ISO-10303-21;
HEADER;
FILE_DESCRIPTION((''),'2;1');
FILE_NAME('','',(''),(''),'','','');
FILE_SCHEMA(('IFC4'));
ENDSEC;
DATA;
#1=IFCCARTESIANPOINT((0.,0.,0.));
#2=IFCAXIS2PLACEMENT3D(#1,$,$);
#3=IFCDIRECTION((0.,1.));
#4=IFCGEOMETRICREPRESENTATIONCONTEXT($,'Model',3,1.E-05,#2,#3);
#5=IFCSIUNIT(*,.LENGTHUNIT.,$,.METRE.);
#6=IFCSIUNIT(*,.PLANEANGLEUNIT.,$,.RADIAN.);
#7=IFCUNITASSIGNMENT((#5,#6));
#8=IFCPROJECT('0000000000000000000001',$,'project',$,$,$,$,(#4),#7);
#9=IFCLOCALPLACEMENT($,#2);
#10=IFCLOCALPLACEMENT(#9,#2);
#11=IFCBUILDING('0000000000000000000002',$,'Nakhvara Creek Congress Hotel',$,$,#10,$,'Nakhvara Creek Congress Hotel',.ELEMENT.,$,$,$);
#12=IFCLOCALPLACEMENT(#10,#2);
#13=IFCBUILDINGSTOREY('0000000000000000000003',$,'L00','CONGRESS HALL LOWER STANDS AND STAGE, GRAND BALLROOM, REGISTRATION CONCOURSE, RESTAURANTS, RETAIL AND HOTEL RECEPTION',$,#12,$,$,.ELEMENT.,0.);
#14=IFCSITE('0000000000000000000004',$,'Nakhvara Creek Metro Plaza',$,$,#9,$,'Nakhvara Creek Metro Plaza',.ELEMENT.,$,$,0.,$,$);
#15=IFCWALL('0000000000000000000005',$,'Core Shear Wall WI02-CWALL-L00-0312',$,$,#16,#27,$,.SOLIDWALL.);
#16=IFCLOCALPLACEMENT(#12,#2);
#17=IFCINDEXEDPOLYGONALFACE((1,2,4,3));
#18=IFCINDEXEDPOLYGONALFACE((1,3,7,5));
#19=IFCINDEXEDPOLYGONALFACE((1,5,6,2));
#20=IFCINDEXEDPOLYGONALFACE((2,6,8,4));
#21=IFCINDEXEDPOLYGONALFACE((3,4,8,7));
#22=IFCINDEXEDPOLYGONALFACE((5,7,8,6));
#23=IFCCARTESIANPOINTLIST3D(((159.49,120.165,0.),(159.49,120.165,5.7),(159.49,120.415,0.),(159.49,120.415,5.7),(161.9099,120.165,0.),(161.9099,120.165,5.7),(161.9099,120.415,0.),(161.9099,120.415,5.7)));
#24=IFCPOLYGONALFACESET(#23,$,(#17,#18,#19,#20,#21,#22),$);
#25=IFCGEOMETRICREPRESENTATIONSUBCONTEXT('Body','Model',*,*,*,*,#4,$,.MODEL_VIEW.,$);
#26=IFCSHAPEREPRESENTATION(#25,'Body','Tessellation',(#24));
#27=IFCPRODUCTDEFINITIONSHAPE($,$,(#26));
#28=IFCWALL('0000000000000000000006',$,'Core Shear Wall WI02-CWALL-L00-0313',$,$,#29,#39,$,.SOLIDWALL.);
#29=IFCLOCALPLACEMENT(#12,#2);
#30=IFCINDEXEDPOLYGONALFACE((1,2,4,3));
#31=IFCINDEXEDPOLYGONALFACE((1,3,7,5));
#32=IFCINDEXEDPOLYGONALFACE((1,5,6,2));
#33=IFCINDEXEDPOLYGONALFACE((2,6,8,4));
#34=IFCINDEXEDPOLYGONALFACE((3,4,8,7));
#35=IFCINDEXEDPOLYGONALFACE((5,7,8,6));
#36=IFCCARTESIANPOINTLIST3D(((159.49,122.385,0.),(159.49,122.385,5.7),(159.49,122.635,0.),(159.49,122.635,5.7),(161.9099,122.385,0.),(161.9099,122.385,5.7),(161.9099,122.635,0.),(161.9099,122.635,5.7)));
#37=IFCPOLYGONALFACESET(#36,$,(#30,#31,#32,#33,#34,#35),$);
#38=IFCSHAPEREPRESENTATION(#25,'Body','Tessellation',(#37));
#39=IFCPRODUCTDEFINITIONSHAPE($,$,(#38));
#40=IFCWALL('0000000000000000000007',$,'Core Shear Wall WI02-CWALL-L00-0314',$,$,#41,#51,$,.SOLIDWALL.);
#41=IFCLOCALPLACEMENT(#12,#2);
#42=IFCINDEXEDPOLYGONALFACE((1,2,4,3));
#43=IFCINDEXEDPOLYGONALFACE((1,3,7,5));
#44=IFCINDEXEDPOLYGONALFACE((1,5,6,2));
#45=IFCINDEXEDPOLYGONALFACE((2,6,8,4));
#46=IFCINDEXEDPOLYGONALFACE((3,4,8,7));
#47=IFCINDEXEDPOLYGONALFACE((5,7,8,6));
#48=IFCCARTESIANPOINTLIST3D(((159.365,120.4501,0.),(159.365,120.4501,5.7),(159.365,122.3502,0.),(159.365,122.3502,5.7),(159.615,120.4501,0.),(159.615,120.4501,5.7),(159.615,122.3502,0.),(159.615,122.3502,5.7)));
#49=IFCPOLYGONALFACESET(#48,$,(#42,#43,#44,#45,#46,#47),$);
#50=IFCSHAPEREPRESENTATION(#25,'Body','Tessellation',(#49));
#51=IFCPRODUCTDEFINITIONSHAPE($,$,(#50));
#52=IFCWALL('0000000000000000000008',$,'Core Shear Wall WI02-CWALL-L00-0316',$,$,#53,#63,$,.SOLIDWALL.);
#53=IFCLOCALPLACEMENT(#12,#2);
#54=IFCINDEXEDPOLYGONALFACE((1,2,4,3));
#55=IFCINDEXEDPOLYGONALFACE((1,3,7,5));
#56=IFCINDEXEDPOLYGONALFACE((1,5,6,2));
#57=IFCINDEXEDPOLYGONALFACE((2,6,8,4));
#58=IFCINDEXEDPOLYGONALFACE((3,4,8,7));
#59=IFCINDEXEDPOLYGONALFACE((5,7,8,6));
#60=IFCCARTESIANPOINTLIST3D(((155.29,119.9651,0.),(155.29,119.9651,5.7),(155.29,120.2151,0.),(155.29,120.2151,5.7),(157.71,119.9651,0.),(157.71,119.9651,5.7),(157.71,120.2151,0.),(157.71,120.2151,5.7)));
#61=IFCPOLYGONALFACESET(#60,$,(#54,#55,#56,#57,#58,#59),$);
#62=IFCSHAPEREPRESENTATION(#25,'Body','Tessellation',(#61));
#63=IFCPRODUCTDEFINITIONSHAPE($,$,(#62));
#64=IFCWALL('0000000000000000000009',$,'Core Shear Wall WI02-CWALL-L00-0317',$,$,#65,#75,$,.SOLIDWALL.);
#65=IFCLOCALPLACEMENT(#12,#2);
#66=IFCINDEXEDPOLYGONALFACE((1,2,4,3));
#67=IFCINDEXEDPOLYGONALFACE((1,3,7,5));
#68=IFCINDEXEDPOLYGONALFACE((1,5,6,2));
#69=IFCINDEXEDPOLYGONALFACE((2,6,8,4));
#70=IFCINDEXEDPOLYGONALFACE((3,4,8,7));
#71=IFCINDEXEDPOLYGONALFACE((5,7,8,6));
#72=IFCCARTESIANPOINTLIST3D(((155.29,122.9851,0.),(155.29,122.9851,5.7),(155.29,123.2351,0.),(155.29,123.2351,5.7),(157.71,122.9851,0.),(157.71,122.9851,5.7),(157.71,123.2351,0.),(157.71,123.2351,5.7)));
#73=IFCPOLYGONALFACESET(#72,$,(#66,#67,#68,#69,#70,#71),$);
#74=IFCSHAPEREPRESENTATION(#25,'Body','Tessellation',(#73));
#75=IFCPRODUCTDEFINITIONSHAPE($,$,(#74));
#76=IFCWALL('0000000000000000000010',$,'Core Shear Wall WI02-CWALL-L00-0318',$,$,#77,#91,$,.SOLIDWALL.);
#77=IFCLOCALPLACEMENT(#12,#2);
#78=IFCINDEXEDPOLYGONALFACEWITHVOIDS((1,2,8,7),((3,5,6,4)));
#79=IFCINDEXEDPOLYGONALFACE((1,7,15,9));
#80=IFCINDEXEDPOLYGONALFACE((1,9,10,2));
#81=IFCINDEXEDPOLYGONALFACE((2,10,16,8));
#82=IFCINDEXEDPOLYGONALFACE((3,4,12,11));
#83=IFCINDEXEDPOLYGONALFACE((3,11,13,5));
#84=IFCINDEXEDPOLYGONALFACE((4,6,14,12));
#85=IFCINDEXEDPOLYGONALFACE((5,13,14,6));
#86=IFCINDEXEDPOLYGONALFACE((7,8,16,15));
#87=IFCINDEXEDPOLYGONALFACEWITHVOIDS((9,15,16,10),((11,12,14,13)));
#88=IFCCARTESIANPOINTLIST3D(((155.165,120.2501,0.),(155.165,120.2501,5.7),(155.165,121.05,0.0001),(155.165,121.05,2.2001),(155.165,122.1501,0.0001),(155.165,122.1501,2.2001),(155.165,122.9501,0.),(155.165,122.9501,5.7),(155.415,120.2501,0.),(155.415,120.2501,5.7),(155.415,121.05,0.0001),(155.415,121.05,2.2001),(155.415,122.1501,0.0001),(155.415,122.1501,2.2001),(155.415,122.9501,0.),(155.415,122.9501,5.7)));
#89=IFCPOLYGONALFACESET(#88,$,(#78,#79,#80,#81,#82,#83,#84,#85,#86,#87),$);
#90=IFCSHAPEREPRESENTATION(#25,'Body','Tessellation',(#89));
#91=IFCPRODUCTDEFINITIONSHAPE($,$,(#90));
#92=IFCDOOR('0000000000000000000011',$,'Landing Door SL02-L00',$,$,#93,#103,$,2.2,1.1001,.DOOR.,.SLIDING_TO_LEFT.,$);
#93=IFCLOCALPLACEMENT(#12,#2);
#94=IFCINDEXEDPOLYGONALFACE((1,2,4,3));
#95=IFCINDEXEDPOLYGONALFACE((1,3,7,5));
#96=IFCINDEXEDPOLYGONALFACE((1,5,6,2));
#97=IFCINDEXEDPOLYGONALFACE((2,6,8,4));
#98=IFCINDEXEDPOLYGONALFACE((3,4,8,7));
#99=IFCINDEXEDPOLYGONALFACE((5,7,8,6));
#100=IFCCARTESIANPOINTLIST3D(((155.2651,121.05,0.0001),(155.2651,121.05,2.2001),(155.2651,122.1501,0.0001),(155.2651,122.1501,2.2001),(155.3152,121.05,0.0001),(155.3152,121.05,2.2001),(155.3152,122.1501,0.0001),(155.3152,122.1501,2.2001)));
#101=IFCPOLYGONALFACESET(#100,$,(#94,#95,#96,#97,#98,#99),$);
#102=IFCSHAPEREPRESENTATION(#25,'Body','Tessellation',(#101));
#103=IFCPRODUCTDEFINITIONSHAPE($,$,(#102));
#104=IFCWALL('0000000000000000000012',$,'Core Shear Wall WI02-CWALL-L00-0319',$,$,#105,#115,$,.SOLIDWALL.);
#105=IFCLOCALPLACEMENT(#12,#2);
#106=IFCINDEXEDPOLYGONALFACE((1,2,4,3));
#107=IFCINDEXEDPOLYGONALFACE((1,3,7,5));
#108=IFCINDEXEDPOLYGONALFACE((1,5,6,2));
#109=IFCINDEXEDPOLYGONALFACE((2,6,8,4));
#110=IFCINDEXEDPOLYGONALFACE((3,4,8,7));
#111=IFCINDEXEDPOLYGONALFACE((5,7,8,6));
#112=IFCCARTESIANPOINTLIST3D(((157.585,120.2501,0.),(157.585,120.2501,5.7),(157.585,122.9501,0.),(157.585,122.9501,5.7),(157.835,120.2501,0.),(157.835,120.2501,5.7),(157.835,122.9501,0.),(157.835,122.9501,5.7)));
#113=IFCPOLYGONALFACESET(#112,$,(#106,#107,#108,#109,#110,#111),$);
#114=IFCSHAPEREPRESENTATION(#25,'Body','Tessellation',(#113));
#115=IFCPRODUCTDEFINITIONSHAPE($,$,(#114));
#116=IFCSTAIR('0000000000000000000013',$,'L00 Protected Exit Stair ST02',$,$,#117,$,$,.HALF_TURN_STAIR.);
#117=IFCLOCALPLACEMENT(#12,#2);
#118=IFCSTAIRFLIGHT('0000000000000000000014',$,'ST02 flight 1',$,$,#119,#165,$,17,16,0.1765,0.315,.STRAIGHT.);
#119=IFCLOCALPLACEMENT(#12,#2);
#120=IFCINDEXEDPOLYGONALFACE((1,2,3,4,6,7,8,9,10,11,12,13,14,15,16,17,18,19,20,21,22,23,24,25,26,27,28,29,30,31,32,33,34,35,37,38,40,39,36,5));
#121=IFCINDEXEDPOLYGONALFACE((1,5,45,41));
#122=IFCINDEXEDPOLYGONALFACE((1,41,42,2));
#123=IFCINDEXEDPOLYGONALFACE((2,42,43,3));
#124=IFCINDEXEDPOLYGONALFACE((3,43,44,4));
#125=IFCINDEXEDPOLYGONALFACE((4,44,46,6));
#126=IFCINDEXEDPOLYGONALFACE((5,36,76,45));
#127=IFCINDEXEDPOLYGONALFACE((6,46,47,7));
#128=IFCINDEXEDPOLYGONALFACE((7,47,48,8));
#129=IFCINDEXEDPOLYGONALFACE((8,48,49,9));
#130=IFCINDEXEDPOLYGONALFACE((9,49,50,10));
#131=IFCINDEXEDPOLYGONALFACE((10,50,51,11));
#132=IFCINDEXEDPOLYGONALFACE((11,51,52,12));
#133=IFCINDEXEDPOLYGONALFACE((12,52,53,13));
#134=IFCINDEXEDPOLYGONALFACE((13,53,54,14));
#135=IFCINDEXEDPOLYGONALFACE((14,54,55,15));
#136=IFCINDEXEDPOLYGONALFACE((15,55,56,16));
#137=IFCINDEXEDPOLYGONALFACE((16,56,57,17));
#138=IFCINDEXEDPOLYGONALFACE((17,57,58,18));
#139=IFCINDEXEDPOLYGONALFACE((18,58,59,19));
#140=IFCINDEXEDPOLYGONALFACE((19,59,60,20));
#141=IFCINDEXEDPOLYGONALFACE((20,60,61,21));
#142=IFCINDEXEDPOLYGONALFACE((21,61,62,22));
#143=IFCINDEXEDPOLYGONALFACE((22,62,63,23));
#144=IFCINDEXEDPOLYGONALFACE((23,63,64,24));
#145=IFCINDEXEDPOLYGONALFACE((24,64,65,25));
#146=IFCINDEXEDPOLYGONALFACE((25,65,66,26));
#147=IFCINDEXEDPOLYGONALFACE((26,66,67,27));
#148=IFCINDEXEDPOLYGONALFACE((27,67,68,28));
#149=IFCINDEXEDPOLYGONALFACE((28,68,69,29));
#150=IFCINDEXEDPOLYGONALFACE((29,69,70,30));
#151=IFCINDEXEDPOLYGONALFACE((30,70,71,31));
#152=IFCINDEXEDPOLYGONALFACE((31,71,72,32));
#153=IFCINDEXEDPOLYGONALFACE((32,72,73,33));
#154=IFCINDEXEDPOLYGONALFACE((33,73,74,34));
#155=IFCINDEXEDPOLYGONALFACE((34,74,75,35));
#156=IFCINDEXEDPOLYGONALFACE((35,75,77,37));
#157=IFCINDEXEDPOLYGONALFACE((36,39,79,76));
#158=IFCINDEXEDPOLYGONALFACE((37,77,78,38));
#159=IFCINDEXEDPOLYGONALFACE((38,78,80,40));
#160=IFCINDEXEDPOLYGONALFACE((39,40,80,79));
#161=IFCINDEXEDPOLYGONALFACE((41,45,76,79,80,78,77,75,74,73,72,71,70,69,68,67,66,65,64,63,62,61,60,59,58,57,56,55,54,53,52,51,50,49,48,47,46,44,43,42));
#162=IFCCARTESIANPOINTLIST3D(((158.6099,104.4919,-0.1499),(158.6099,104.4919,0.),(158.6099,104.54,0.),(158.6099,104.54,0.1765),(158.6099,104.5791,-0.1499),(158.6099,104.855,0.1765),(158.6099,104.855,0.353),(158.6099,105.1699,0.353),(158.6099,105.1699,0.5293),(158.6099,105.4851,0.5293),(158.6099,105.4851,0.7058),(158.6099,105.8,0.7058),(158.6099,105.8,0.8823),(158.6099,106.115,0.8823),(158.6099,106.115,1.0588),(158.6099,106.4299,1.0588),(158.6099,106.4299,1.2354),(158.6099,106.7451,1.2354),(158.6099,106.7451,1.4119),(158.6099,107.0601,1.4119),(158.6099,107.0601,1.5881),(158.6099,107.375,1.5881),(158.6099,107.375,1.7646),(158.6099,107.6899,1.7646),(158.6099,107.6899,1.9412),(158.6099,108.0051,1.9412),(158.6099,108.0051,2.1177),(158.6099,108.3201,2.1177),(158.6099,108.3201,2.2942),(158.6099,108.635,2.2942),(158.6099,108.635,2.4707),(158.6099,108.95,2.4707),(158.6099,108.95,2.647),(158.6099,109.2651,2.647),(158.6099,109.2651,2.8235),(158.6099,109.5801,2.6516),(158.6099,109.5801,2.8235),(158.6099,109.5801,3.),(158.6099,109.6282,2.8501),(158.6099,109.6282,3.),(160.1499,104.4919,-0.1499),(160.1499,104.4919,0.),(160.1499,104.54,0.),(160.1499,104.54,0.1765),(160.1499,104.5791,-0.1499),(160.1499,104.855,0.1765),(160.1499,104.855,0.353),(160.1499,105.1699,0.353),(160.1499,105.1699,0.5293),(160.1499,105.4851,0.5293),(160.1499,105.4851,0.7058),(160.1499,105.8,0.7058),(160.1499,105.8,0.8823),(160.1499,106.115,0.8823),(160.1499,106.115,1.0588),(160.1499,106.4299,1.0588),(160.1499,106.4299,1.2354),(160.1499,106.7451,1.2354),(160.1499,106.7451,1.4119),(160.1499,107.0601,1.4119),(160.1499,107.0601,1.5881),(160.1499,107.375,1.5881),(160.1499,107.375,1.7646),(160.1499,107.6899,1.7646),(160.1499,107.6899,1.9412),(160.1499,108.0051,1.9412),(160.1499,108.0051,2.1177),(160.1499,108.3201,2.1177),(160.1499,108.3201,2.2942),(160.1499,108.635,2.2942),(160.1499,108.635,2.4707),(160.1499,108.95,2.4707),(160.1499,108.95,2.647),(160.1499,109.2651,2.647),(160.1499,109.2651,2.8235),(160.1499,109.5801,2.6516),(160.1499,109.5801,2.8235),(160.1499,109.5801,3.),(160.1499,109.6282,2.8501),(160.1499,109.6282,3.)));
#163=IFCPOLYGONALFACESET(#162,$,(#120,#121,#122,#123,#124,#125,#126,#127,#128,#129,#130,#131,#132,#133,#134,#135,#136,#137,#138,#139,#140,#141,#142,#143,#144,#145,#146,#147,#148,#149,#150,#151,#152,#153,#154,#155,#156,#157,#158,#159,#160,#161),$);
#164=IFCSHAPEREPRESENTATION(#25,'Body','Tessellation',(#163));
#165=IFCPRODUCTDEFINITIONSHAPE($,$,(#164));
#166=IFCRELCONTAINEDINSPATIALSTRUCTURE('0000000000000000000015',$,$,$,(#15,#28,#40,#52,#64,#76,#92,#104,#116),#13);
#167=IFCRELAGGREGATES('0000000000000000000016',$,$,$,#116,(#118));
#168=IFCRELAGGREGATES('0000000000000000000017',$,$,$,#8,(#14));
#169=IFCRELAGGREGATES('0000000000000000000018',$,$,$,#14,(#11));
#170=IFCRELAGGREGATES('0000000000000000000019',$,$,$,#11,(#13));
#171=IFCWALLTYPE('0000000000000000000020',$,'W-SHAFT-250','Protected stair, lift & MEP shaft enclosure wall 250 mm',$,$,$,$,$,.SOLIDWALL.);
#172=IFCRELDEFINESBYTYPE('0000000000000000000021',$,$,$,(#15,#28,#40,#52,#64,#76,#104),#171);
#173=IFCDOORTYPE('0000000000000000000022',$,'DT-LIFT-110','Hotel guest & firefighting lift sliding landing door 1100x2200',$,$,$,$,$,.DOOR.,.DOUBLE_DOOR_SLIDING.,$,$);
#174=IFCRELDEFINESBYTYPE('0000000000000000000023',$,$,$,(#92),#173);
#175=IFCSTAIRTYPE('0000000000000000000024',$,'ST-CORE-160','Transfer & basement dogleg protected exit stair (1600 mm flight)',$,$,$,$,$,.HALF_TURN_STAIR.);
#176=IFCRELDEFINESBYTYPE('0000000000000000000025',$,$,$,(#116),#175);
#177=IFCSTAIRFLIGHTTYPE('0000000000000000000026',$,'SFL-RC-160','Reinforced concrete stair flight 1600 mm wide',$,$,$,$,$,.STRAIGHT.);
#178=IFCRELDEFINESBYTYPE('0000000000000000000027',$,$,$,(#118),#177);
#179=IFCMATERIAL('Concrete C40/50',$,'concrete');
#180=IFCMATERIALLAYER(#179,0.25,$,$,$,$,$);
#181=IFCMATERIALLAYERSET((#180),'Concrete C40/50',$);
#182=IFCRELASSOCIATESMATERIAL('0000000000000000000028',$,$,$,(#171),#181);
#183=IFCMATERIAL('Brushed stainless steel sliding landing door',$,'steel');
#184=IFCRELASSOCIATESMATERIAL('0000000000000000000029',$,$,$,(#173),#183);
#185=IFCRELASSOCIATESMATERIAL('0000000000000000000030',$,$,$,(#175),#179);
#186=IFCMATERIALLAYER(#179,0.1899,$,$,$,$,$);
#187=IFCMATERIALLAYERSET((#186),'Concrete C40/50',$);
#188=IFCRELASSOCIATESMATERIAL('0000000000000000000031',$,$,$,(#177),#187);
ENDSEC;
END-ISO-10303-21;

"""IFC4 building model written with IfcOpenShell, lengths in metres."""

from ifc_helpers import new_model, si_unit, direction, frame, frame_2d, origin, place, context, subcontext, project, spatial, polyline, rectangle, outline, extrude, material, layer, layer_set, type_object, element, fill, aggregate, save


model = new_model("IFC4")

# Units and contexts
model_context = context("Model", 3, precision=1e-05, world=origin(), true_north=direction((0.0, 1.0)))
body_context = subcontext(model_context, "Body", "Model", "MODEL_VIEW")
ifc_project = project(units=[si_unit("LENGTHUNIT", "METRE"), si_unit("PLANEANGLEUNIT", "RADIAN")], contexts=[model_context])

# Site, building, storey
site_placement = place(None, origin())
site = spatial("IfcSite", under=ifc_project, at=site_placement, Name="Nakhvara Creek Metro Plaza", LongName="Nakhvara Creek Metro Plaza", CompositionType="ELEMENT", RefElevation=0.0)
building_placement = place(site_placement, origin())
building = spatial("IfcBuilding", under=site, at=building_placement, Name="Nakhvara Creek Congress Hotel", LongName="Nakhvara Creek Congress Hotel", CompositionType="ELEMENT")
storey_placement = place(building_placement, origin())
storey = spatial("IfcBuildingStorey", under=building, at=storey_placement, Name="L00", Description="CONGRESS HALL LOWER STANDS AND STAGE, GRAND BALLROOM, REGISTRATION CONCOURSE, RESTAURANTS, RETAIL AND HOTEL RECEPTION", CompositionType="ELEMENT", Elevation=0.0)

# Shared definitions
ifc_material_1 = material(Name="Concrete C40/50", Category="concrete")
ifc_layer_1 = layer(ifc_material_1, 0.25)
ifc_layer_set_1 = layer_set([ifc_layer_1], Name="Concrete C40/50")
wall_type_1 = type_object("IfcWallType", Name="W-SHAFT-250", Description="Protected stair, lift & MEP shaft enclosure wall 250 mm", PredefinedType="SOLIDWALL", material=ifc_layer_set_1)

# Walls
for number, where, z_axis, x_axis, name in (
    (1, (159.49, 120.29, 0.0), (0.0, 0.0, 1.0), (1.0, 0.0, 0.0), "Core Shear Wall WI02-CWALL-L00-0312"),
    (2, (159.49, 122.51, 0.0), (0.0, 0.0, 1.0), (1.0, 0.0, 0.0), "Core Shear Wall WI02-CWALL-L00-0313"),
):
    element("IfcWall", number, at=place(storey_placement, frame(where, z_axis=z_axis, x_axis=x_axis)), inside=storey, type_object=wall_type_1, Name=name, PredefinedType="SOLIDWALL", context=body_context, shape_type="SweptSolid", body=[
        extrude(rectangle(XDim=2.4199, YDim=0.25, at=frame_2d((1.21, 0.0))), origin(), (0.0, 0.0, 1.0), 5.7),
    ])
wall_1_placement = place(storey_placement, frame((159.49, 120.45, 0.0), z_axis=(0.0, 0.0, 1.0), x_axis=(0.0, 1.0, 0.0)))
element("IfcWall", 3, at=wall_1_placement, inside=storey, type_object=wall_type_1, Name="Core Shear Wall WI02-CWALL-L00-0314", PredefinedType="SOLIDWALL", context=body_context, shape_type="SweptSolid", body=[
    extrude(rectangle(XDim=1.9001, YDim=0.25, at=frame_2d((0.9502, 0.0))), origin(), (0.0, 0.0, 1.0), 5.7),
])
for number, where, z_axis, x_axis, name in (
    (4, (155.29, 120.0901, 0.0), (0.0, 0.0, 1.0), (1.0, 0.0, 0.0), "Core Shear Wall WI02-CWALL-L00-0316"),
    (5, (155.29, 123.1101, 0.0), (0.0, 0.0, 1.0), (1.0, 0.0, 0.0), "Core Shear Wall WI02-CWALL-L00-0317"),
):
    element("IfcWall", number, at=place(storey_placement, frame(where, z_axis=z_axis, x_axis=x_axis)), inside=storey, type_object=wall_type_1, Name=name, PredefinedType="SOLIDWALL", context=body_context, shape_type="SweptSolid", body=[
        extrude(rectangle(XDim=2.4199, YDim=0.25, at=frame_2d((1.21, 0.0))), origin(), (0.0, 0.0, 1.0), 5.7),
    ])

# Wall, opening, door
wall_2_placement = place(storey_placement, frame((155.29, 120.25, 0.0), z_axis=(0.0, 0.0, 1.0), x_axis=(0.0, 1.0, 0.0)))
wall_2 = element("IfcWall", 6, at=wall_2_placement, inside=storey, type_object=wall_type_1, Name="Core Shear Wall WI02-CWALL-L00-0318", PredefinedType="SOLIDWALL", context=body_context, shape_type="SweptSolid", body=[
    extrude(rectangle(XDim=2.7, YDim=0.25, at=frame_2d((1.3501, 0.0))), origin(), (0.0, 0.0, 1.0), 5.7),
])
opening_1_placement = place(wall_2_placement, frame((0.8, 0.0, 0.0)))
opening_1 = element("IfcOpeningElement", 7, at=opening_1_placement, cuts=wall_2, PredefinedType="OPENING", context=body_context, shape_type="SweptSolid", body=[
    extrude(rectangle(XDim=1.1001, YDim=2.2, at=frame_2d((0.55, 1.1001))), frame((0.0, 0.137, 0.0), z_axis=(0.0, -1.0, 0.0), x_axis=(1.0, 0.0, 0.0)), (0.0, 0.0, 1.0), 0.2739),
])
ifc_material_2 = material(Name="Brushed stainless steel sliding landing door", Category="steel")
door_type_1 = type_object("IfcDoorType", Name="DT-LIFT-110", Description="Hotel guest & firefighting lift sliding landing door 1100x2200", OperationType="DOUBLE_DOOR_SLIDING", PredefinedType="DOOR", material=ifc_material_2)
door_1_placement = place(opening_1_placement, origin())
door_1 = element("IfcDoor", 8, at=door_1_placement, inside=storey, type_object=door_type_1, Name="Landing Door SL02-L00", OperationType="SLIDING_TO_LEFT", OverallHeight=2.2, OverallWidth=1.1001, PredefinedType="DOOR", context=body_context, shape_type="SweptSolid", body=[
    extrude(rectangle(XDim=1.1001, YDim=2.2, at=frame_2d((0.55, 1.1001))), frame((0.0, 0.0249, 0.0), z_axis=(0.0, -1.0, 0.0), x_axis=(1.0, 0.0, 0.0)), (0.0, 0.0, 1.0), 0.05),
])
fill(opening_1, door_1)

# Wall
wall_3_placement = place(storey_placement, frame((157.71, 120.25, 0.0), z_axis=(0.0, 0.0, 1.0), x_axis=(0.0, 1.0, 0.0)))
element("IfcWall", 9, at=wall_3_placement, inside=storey, type_object=wall_type_1, Name="Core Shear Wall WI02-CWALL-L00-0319", PredefinedType="SOLIDWALL", context=body_context, shape_type="SweptSolid", body=[
    extrude(rectangle(XDim=2.7, YDim=0.25, at=frame_2d((1.3501, 0.0))), origin(), (0.0, 0.0, 1.0), 5.7),
])

# Stair, stair flight
stair_type = type_object("IfcStairType", Name="ST-CORE-160", Description="Transfer & basement dogleg protected exit stair (1600 mm flight)", PredefinedType="HALF_TURN_STAIR", material=ifc_material_1)
stair_placement = place(storey_placement, origin())
stair = element("IfcStair", 10, at=stair_placement, inside=storey, type_object=stair_type, Name="L00 Protected Exit Stair ST02", PredefinedType="HALF_TURN_STAIR")
ifc_layer_2 = layer(ifc_material_1, 0.1899)
ifc_layer_set_2 = layer_set([ifc_layer_2], Name="Concrete C40/50")
stair_flight_type = type_object("IfcStairFlightType", Name="SFL-RC-160", Description="Reinforced concrete stair flight 1600 mm wide", PredefinedType="STRAIGHT", material=ifc_layer_set_2)
stair_flight_1_placement = place(storey_placement, frame((159.3799, 104.54, 0.0), z_axis=(0.0, 0.0, 1.0), x_axis=(0.0, 1.0, 0.0)))
stair_flight_1 = element("IfcStairFlight", 11, at=stair_flight_1_placement, type_object=stair_flight_type, Name="ST02 flight 1", NumberOfRisers=17, NumberOfTreads=16, PredefinedType="STRAIGHT", RiserHeight=0.1765, TreadLength=0.315, context=body_context, shape_type="SweptSolid", body=[
    extrude(outline(polyline([(-0.0481, 0.0), (0.0, 0.0), (0.0, 0.1765), (0.3149, 0.1765), (0.3149, 0.353), (0.6299, 0.353), (0.6299, 0.5293), (0.9451, 0.5293), (0.9451, 0.7058), (1.26, 0.7058), (1.26, 0.8823), (1.575, 0.8823), (1.575, 1.0588), (1.8899, 1.0588), (1.8899, 1.2354), (2.2051, 1.2354), (2.2051, 1.4119), (2.52, 1.4119), (2.52, 1.5881), (2.835, 1.5881), (2.835, 1.7646), (3.1499, 1.7646), (3.1499, 1.9412), (3.4651, 1.9412), (3.4651, 2.1177), (3.78, 2.1177), (3.78, 2.2942), (4.095, 2.2942), (4.095, 2.4707), (4.4099, 2.4707), (4.4099, 2.647), (4.7251, 2.647), (4.7251, 2.8235), (5.04, 2.8235), (5.04, 3.0), (5.0881, 3.0), (5.0881, 2.8501), (5.04, 2.6516), (0.0391, -0.1499), (-0.0481, -0.1499), (-0.0481, 0.0)])), frame((0.0, 0.77, 0.0), z_axis=(0.0, -1.0, 0.0), x_axis=(1.0, 0.0, 0.0)), (0.0, 0.0, 1.0), 1.54),
])
aggregate(stair, [stair_flight_1])

save(model, "model.ifc")
